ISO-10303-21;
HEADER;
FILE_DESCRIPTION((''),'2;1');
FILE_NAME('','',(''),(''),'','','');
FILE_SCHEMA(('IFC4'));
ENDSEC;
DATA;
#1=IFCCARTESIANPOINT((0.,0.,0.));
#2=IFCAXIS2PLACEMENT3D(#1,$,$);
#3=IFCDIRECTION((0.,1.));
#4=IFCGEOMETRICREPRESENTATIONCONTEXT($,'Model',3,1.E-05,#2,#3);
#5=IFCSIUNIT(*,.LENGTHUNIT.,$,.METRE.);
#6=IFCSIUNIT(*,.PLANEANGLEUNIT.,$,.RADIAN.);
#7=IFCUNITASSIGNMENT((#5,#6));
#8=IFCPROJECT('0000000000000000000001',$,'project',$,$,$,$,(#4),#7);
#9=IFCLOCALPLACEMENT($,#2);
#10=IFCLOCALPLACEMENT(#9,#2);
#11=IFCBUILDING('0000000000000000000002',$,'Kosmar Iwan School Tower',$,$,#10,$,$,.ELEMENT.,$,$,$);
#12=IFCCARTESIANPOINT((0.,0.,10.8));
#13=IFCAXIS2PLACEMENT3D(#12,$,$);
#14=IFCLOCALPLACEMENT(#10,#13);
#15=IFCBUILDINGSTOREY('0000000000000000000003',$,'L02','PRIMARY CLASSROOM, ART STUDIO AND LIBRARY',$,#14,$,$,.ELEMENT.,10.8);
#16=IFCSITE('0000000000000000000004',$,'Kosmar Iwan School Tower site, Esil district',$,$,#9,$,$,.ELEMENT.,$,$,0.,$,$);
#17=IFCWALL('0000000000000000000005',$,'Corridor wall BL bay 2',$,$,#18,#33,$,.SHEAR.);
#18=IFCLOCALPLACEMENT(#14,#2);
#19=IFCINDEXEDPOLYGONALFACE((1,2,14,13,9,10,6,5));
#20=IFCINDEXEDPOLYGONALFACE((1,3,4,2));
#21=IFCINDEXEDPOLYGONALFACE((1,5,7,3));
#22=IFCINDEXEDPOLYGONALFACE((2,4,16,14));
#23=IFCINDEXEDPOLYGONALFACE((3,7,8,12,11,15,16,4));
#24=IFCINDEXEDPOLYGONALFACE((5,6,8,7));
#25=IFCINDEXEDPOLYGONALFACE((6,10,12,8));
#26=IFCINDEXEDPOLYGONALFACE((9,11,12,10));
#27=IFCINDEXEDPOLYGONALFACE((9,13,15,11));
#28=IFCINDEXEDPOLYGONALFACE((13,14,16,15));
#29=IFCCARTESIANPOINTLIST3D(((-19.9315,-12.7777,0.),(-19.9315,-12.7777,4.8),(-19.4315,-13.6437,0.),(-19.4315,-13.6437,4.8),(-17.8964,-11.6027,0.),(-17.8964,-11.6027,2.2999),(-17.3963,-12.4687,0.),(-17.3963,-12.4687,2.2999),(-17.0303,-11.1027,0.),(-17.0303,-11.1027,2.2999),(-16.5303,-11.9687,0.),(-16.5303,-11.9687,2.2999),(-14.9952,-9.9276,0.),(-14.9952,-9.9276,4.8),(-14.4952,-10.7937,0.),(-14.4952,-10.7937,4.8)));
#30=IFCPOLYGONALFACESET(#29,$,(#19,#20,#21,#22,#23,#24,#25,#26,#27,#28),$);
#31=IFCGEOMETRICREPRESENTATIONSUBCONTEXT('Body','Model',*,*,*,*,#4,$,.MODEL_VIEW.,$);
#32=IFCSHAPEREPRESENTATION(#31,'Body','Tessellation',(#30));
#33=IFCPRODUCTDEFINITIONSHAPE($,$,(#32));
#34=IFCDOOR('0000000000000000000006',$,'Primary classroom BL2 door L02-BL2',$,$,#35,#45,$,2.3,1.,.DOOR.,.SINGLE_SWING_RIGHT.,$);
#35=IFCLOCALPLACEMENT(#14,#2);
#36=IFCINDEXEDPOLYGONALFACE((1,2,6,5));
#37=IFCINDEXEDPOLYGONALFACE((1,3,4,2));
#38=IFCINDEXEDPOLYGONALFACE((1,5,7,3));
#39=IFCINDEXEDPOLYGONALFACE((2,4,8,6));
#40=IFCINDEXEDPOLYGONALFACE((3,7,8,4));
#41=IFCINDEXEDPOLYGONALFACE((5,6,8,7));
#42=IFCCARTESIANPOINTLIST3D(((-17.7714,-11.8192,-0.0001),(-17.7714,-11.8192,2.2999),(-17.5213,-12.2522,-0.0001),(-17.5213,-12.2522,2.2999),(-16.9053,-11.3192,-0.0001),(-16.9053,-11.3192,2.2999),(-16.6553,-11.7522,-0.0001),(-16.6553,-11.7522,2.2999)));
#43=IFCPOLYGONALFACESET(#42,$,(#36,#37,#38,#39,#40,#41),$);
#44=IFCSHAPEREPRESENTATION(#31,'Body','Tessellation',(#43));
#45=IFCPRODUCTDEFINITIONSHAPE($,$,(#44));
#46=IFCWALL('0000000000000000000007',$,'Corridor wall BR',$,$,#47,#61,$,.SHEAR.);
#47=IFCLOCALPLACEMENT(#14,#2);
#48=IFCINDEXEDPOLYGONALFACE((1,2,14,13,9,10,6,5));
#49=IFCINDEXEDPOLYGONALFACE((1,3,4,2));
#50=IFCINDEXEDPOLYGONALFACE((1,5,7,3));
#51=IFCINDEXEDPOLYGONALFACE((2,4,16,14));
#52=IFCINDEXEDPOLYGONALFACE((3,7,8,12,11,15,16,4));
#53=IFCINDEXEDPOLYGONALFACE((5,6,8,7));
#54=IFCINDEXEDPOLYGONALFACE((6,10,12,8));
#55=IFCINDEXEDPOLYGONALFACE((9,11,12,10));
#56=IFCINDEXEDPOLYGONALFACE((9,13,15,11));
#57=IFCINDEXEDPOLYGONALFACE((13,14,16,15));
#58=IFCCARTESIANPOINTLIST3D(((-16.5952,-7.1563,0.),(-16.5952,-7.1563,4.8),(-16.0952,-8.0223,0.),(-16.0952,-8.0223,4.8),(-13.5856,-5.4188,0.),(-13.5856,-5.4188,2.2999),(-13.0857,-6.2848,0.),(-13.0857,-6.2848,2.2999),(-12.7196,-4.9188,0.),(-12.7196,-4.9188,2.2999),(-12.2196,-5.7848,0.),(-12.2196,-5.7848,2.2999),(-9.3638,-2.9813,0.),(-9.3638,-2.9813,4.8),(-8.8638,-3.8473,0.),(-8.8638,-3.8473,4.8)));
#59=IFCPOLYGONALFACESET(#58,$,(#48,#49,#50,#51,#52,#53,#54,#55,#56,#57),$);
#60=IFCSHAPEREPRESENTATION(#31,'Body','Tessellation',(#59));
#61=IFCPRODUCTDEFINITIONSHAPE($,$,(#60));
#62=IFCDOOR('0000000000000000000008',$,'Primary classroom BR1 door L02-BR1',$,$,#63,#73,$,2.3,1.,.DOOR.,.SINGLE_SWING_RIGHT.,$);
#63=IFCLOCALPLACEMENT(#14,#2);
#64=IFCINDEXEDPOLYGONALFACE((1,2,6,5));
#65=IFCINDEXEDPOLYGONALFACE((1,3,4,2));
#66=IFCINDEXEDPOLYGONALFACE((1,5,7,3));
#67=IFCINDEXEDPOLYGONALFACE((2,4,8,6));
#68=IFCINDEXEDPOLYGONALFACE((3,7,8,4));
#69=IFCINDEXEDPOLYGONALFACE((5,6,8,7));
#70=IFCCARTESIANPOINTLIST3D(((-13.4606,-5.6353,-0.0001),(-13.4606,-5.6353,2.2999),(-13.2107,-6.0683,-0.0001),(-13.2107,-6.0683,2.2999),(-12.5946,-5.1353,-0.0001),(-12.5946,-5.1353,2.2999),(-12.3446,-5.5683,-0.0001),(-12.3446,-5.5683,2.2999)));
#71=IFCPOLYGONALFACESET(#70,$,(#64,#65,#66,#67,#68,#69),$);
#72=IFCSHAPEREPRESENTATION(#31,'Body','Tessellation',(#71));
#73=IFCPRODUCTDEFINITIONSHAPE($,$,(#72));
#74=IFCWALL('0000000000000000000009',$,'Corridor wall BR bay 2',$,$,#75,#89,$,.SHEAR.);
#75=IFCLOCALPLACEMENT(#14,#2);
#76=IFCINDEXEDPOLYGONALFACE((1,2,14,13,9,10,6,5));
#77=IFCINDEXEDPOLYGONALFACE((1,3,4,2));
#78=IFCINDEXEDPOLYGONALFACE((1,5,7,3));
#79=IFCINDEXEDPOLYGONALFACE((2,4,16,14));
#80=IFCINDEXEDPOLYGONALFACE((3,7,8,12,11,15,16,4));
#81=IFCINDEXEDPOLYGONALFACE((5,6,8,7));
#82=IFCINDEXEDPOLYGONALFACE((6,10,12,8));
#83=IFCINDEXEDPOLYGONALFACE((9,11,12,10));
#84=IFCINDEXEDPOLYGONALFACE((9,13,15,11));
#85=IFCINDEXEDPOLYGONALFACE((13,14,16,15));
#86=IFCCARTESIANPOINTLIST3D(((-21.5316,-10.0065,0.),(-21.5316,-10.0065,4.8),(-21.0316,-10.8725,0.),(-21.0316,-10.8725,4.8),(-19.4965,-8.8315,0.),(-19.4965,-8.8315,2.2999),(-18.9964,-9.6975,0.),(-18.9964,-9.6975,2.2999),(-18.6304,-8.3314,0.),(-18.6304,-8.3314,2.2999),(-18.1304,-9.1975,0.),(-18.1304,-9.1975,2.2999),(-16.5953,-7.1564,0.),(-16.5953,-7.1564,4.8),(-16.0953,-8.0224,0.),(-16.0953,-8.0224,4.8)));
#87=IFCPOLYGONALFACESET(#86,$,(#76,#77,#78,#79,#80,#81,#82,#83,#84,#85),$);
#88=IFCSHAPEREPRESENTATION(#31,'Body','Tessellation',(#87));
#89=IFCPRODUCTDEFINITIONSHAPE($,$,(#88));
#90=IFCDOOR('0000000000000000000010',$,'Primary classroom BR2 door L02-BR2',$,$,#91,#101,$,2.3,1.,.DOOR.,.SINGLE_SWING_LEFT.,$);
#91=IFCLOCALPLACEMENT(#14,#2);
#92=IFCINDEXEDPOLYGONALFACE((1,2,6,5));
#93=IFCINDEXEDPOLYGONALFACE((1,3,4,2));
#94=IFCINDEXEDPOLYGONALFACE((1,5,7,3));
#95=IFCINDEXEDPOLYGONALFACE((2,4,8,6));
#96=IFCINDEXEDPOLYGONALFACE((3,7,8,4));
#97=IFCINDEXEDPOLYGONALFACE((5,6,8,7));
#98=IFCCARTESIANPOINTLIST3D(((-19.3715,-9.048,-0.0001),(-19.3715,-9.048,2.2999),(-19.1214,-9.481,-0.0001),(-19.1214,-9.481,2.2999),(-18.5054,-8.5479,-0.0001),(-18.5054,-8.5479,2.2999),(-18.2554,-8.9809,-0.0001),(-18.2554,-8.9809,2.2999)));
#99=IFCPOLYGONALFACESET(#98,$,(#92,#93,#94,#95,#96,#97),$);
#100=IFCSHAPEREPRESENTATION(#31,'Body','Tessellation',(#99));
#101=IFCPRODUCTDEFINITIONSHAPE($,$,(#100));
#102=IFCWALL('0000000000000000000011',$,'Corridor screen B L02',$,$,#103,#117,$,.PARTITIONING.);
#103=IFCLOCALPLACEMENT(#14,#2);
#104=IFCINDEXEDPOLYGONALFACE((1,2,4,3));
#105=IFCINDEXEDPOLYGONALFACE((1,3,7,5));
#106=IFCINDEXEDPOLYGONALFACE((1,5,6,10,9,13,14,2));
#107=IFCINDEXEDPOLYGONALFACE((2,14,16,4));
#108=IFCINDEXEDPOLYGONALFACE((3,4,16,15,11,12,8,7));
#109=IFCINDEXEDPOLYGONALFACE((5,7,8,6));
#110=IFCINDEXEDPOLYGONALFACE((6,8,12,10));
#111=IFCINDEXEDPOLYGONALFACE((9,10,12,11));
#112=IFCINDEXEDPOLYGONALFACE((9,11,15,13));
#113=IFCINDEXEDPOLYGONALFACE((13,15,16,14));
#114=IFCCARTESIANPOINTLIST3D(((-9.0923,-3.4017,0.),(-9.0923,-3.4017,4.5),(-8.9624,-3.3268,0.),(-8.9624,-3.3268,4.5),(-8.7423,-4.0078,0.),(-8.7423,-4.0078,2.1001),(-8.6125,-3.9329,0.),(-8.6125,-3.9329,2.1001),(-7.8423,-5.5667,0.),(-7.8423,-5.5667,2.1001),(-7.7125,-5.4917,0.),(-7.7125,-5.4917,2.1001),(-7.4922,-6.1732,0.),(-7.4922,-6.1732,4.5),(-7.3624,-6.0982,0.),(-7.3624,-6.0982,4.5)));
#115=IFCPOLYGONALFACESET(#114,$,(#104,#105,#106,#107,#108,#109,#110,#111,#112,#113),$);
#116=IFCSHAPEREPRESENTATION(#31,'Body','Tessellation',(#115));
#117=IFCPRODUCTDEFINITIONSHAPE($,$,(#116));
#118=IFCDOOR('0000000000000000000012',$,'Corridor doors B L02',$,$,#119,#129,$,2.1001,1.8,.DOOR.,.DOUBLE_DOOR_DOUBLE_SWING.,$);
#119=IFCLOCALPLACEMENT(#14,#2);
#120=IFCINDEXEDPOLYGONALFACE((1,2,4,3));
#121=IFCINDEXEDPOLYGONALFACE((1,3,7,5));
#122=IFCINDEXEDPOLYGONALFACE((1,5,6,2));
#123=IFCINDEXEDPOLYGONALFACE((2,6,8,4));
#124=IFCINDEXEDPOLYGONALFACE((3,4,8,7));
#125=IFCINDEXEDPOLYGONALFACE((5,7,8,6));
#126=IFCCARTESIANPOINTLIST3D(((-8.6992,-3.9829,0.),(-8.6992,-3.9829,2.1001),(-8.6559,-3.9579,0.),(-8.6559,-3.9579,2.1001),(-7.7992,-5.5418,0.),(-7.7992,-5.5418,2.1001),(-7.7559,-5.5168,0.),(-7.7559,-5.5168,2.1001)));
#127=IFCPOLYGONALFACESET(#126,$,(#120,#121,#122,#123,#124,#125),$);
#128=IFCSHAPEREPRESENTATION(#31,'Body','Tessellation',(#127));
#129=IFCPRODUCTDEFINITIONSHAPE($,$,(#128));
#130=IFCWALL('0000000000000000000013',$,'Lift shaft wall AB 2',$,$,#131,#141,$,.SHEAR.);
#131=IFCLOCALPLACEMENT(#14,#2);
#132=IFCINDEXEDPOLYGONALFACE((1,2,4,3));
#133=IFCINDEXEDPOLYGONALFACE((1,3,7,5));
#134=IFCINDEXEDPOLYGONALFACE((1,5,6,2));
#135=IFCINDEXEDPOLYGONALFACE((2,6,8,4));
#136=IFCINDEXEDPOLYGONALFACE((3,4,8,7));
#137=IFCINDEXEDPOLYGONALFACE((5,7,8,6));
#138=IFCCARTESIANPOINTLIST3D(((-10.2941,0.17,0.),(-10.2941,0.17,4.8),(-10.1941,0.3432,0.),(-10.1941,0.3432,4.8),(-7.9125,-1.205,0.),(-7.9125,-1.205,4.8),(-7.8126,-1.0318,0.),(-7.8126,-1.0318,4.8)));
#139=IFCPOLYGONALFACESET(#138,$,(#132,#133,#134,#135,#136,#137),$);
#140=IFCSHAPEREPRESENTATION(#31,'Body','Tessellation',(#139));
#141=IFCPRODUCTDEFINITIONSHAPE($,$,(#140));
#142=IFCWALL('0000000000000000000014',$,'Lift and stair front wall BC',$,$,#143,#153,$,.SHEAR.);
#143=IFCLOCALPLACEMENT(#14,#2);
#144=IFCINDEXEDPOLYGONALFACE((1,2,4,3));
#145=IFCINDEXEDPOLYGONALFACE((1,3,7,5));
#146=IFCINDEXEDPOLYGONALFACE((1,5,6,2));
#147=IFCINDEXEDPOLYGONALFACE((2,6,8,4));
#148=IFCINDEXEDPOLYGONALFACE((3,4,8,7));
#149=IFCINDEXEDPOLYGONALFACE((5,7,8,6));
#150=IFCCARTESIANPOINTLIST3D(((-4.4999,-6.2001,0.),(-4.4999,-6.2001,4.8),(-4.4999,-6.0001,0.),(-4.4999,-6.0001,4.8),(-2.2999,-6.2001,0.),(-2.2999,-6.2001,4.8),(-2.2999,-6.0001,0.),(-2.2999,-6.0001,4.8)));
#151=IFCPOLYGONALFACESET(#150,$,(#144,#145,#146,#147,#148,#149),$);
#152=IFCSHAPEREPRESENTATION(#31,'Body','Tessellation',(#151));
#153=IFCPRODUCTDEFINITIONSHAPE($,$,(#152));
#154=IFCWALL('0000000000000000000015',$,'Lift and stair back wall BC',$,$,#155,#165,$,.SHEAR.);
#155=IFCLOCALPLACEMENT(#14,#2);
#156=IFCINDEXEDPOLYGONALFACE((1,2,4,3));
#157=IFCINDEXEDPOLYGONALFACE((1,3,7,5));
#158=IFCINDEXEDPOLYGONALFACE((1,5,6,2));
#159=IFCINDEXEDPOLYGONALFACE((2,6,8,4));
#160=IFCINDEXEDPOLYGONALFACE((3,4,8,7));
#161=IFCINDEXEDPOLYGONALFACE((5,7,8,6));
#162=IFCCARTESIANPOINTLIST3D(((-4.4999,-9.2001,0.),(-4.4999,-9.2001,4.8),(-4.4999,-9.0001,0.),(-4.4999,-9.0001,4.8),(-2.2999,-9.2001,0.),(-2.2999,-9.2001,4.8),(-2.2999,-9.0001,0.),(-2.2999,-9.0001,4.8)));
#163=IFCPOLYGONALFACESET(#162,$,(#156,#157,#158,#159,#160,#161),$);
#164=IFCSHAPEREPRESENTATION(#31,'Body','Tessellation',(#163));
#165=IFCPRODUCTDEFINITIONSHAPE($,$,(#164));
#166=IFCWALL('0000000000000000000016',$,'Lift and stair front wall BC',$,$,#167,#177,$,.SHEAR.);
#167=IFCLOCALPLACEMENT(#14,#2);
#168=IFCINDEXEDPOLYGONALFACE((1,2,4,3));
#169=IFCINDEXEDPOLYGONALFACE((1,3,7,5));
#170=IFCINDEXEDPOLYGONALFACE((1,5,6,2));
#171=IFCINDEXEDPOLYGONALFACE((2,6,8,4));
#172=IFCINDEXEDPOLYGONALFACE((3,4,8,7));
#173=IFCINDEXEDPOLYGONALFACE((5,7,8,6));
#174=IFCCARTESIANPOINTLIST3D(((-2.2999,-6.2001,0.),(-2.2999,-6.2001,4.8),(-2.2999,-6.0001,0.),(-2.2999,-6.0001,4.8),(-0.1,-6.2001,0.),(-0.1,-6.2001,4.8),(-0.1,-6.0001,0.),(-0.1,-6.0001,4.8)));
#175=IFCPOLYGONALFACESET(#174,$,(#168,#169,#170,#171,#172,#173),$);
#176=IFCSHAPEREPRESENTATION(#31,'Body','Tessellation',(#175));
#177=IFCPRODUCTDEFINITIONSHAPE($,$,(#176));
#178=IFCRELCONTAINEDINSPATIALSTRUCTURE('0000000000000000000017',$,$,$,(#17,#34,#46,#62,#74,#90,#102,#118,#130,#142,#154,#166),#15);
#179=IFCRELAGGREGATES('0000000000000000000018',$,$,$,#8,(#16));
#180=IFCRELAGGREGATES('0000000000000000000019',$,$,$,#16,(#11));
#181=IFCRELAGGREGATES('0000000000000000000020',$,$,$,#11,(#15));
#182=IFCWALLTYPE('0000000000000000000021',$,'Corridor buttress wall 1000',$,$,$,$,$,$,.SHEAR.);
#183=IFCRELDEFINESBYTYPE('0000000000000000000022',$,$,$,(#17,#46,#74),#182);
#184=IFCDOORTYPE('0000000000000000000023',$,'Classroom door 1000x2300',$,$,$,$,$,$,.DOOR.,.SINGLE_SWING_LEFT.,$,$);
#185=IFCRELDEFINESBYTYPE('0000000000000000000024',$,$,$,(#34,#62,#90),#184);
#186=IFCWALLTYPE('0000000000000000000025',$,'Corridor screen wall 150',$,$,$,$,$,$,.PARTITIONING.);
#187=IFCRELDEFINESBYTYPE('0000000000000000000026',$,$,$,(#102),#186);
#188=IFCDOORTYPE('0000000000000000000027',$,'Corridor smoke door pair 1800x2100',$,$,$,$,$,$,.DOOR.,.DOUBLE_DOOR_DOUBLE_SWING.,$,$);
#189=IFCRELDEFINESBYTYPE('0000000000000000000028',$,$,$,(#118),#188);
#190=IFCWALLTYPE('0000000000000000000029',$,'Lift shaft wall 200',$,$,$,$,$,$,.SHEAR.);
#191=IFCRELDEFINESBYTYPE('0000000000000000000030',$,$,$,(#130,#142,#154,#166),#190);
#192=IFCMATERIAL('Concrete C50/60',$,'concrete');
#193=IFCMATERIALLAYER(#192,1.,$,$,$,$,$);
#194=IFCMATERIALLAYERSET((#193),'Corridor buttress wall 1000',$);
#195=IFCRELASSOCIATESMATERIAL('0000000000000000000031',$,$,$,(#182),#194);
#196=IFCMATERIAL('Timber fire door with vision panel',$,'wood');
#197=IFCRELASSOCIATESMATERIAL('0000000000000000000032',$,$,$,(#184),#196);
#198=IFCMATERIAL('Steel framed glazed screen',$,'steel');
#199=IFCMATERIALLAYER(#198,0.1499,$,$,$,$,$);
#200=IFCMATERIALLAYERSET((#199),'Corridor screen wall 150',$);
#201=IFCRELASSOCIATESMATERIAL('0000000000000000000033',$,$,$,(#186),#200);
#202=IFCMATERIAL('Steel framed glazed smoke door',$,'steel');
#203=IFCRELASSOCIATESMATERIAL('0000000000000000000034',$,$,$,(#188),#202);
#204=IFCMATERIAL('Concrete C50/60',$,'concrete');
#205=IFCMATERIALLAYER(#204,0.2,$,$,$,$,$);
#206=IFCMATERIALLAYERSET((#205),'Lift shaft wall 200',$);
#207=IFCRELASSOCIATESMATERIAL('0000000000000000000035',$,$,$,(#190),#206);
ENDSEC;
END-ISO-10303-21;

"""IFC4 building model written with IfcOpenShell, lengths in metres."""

from ifc_helpers import new_model, si_unit, direction, frame, frame_2d, origin, place, context, subcontext, project, spatial, rectangle, extrude, material, layer, layer_set, type_object, element, fill, save


model = new_model("IFC4")

# Units and contexts
model_context = context("Model", 3, precision=1e-05, world=origin(), true_north=direction((0.0, 1.0)))
body_context = subcontext(model_context, "Body", "Model", "MODEL_VIEW")
ifc_project = project(units=[si_unit("LENGTHUNIT", "METRE"), si_unit("PLANEANGLEUNIT", "RADIAN")], contexts=[model_context])

# Site, building, storey
site_placement = place(None, origin())
site = spatial("IfcSite", under=ifc_project, at=site_placement, Name="Kosmar Iwan School Tower site, Esil district", CompositionType="ELEMENT", RefElevation=0.0)
building_placement = place(site_placement, origin())
building = spatial("IfcBuilding", under=site, at=building_placement, Name="Kosmar Iwan School Tower", CompositionType="ELEMENT")
storey_placement = place(building_placement, frame((0.0, 0.0, 10.8)))
storey = spatial("IfcBuildingStorey", under=building, at=storey_placement, Name="L02", Description="PRIMARY CLASSROOM, ART STUDIO AND LIBRARY", CompositionType="ELEMENT", Elevation=10.8)

# Walls, openings, doors
ifc_material_1 = material(Name="Concrete C50/60", Category="concrete")
ifc_layer_1 = layer(ifc_material_1, 1.0)
ifc_layer_set_1 = layer_set([ifc_layer_1], Name="Corridor buttress wall 1000")
wall_type_1 = type_object("IfcWallType", Name="Corridor buttress wall 1000", PredefinedType="SHEAR", material=ifc_layer_set_1)
ifc_material_2 = material(Name="Timber fire door with vision panel", Category="wood")
door_type_1 = type_object("IfcDoorType", Name="Classroom door 1000x2300", OperationType="SINGLE_SWING_LEFT", PredefinedType="DOOR", material=ifc_material_2)
wall_1_placement = place(storey_placement, frame((-14.7451, -10.3606, 0.0), z_axis=(0.0, 0.0, 1.0), x_axis=(-0.866015, -0.500018, 0.0)))
wall_1 = element("IfcWall", 1, at=wall_1_placement, inside=storey, type_object=wall_type_1, Name="Corridor wall BL bay 2", PredefinedType="SHEAR", context=body_context, shape_type="SweptSolid", body=[
    extrude(rectangle(XDim=5.7, YDim=1.0, at=frame_2d((2.8501, 0.0))), origin(), (0.0, 0.0, 1.0), 4.8),
])
opening_1_placement = place(wall_1_placement, frame((2.3501, 0.0, 0.0)))
opening_1 = element("IfcOpeningElement", 2, at=opening_1_placement, cuts=wall_1, PredefinedType="OPENING", context=body_context, shape_type="SweptSolid", body=[
    extrude(rectangle(XDim=1.0, YDim=2.3, at=frame_2d((0.5, 1.1499))), frame((0.0, 0.512, 0.0), z_axis=(0.0, -1.0, 0.0), x_axis=(1.0, 0.0, 0.0)), (0.0, 0.0, 1.0), 1.0239),
])
door_1_placement = place(opening_1_placement, origin())
door_1 = element("IfcDoor", 3, at=door_1_placement, inside=storey, type_object=door_type_1, Name="Primary classroom BL2 door L02-BL2", OperationType="SINGLE_SWING_RIGHT", OverallHeight=2.3, OverallWidth=1.0, PredefinedType="DOOR", context=body_context, shape_type="SweptSolid", body=[
    extrude(rectangle(XDim=1.0, YDim=2.3, at=frame_2d((0.5, 1.1499))), frame((0.0, 0.25, 0.0), z_axis=(0.0, -1.0, 0.0), x_axis=(1.0, 0.0, 0.0)), (0.0, 0.0, 1.0), 0.5),
])
fill(opening_1, door_1)
wall_2_placement = place(storey_placement, frame((-9.1138, -3.4143, 0.0), z_axis=(0.0, 0.0, 1.0), x_axis=(-0.866027, -0.499997, 0.0)))
wall_2 = element("IfcWall", 4, at=wall_2_placement, inside=storey, type_object=wall_type_1, Name="Corridor wall BR", PredefinedType="SHEAR", context=body_context, shape_type="SweptSolid", body=[
    extrude(rectangle(XDim=8.3501, YDim=1.0, at=frame_2d((4.175, 0.0))), origin(), (0.0, 0.0, 1.0), 4.8),
])
opening_2_placement = place(wall_2_placement, frame((3.875, 0.0, 0.0)))
opening_2 = element("IfcOpeningElement", 5, at=opening_2_placement, cuts=wall_2, PredefinedType="OPENING", context=body_context, shape_type="SweptSolid", body=[
    extrude(rectangle(XDim=1.0, YDim=2.3, at=frame_2d((0.5, 1.1499))), frame((0.0, 0.512, 0.0), z_axis=(0.0, -1.0, 0.0), x_axis=(1.0, 0.0, 0.0)), (0.0, 0.0, 1.0), 1.0239),
])
door_2_placement = place(opening_2_placement, origin())
door_2 = element("IfcDoor", 6, at=door_2_placement, inside=storey, type_object=door_type_1, Name="Primary classroom BR1 door L02-BR1", OperationType="SINGLE_SWING_RIGHT", OverallHeight=2.3, OverallWidth=1.0, PredefinedType="DOOR", context=body_context, shape_type="SweptSolid", body=[
    extrude(rectangle(XDim=1.0, YDim=2.3, at=frame_2d((0.5, 1.1499))), frame((0.0, 0.25, 0.0), z_axis=(0.0, -1.0, 0.0), x_axis=(1.0, 0.0, 0.0)), (0.0, 0.0, 1.0), 0.5),
])
fill(opening_2, door_2)
wall_3_placement = place(storey_placement, frame((-16.3452, -7.5894, 0.0), z_axis=(0.0, 0.0, 1.0), x_axis=(-0.866015, -0.500018, 0.0)))
wall_3 = element("IfcWall", 7, at=wall_3_placement, inside=storey, type_object=wall_type_1, Name="Corridor wall BR bay 2", PredefinedType="SHEAR", context=body_context, shape_type="SweptSolid", body=[
    extrude(rectangle(XDim=5.7, YDim=1.0, at=frame_2d((2.8501, 0.0))), origin(), (0.0, 0.0, 1.0), 4.8),
])
opening_3_placement = place(wall_3_placement, frame((2.3501, 0.0, 0.0)))
opening_3 = element("IfcOpeningElement", 8, at=opening_3_placement, cuts=wall_3, PredefinedType="OPENING", context=body_context, shape_type="SweptSolid", body=[
    extrude(rectangle(XDim=1.0, YDim=2.3, at=frame_2d((0.5, 1.1499))), frame((0.0, 0.512, 0.0), z_axis=(0.0, -1.0, 0.0), x_axis=(1.0, 0.0, 0.0)), (0.0, 0.0, 1.0), 1.0239),
])
door_3_placement = place(opening_3_placement, origin())
door_3 = element("IfcDoor", 9, at=door_3_placement, inside=storey, type_object=door_type_1, Name="Primary classroom BR2 door L02-BR2", OperationType="SINGLE_SWING_LEFT", OverallHeight=2.3, OverallWidth=1.0, PredefinedType="DOOR", context=body_context, shape_type="SweptSolid", body=[
    extrude(rectangle(XDim=1.0, YDim=2.3, at=frame_2d((0.5, 1.1499))), frame((0.0, 0.25, 0.0), z_axis=(0.0, -1.0, 0.0), x_axis=(1.0, 0.0, 0.0)), (0.0, 0.0, 1.0), 0.5),
])
fill(opening_3, door_3)
ifc_material_3 = material(Name="Steel framed glazed screen", Category="steel")
ifc_layer_2 = layer(ifc_material_3, 0.1499)
ifc_layer_set_2 = layer_set([ifc_layer_2], Name="Corridor screen wall 150")
wall_type_2 = type_object("IfcWallType", Name="Corridor screen wall 150", PredefinedType="PARTITIONING", material=ifc_layer_set_2)
wall_4_placement = place(storey_placement, frame((-9.0273, -3.3643, 0.0), z_axis=(0.0, 0.0, 1.0), x_axis=(0.499995, -0.866028, 0.0)))
wall_4 = element("IfcWall", 10, at=wall_4_placement, inside=storey, type_object=wall_type_2, Name="Corridor screen B L02", PredefinedType="PARTITIONING", context=body_context, shape_type="SweptSolid", body=[
    extrude(rectangle(XDim=3.2002, YDim=0.1499, at=frame_2d((1.6001, 0.0))), origin(), (0.0, 0.0, 1.0), 4.5),
])
opening_4_placement = place(wall_4_placement, frame((0.7, 0.0, 0.0)))
opening_4 = element("IfcOpeningElement", 11, at=opening_4_placement, cuts=wall_4, PredefinedType="OPENING", context=body_context, shape_type="SweptSolid", body=[
    extrude(rectangle(XDim=1.8, YDim=2.1001, at=frame_2d((0.8999, 1.05))), frame((0.0, 0.0869, 0.0), z_axis=(0.0, -1.0, 0.0), x_axis=(1.0, 0.0, 0.0)), (0.0, 0.0, 1.0), 0.1738),
])
ifc_material_4 = material(Name="Steel framed glazed smoke door", Category="steel")
door_type_2 = type_object("IfcDoorType", Name="Corridor smoke door pair 1800x2100", OperationType="DOUBLE_DOOR_DOUBLE_SWING", PredefinedType="DOOR", material=ifc_material_4)
door_4_placement = place(opening_4_placement, origin())
door_4 = element("IfcDoor", 12, at=door_4_placement, inside=storey, type_object=door_type_2, Name="Corridor doors B L02", OperationType="DOUBLE_DOOR_DOUBLE_SWING", OverallHeight=2.1001, OverallWidth=1.8, PredefinedType="DOOR", context=body_context, shape_type="SweptSolid", body=[
    extrude(rectangle(XDim=1.8, YDim=2.1001, at=frame_2d((0.8999, 1.05))), frame((0.0, 0.0249, 0.0), z_axis=(0.0, -1.0, 0.0), x_axis=(1.0, 0.0, 0.0)), (0.0, 0.0, 1.0), 0.05),
])
fill(opening_4, door_4)

# Walls
ifc_material_5 = material(Name="Concrete C50/60", Category="concrete")
ifc_layer_3 = layer(ifc_material_5, 0.2)
ifc_layer_set_3 = layer_set([ifc_layer_3], Name="Lift shaft wall 200")
wall_type_3 = type_object("IfcWallType", Name="Lift shaft wall 200", PredefinedType="SHEAR", material=ifc_layer_set_3)
wall_5_placement = place(storey_placement, frame((-7.8625, -1.1184, 0.0), z_axis=(0.0, 0.0, 1.0), x_axis=(-0.866027, 0.499997, 0.0)))
element("IfcWall", 13, at=wall_5_placement, inside=storey, type_object=wall_type_3, Name="Lift shaft wall AB 2", PredefinedType="SHEAR", context=body_context, shape_type="SweptSolid", body=[
    extrude(rectangle(XDim=2.75, YDim=0.2, at=frame_2d((1.375, 0.0))), origin(), (0.0, 0.0, 1.0), 4.8),
])
for number, where, z_axis, x_axis, name in (
    (14, (-4.5, -6.1001, 0.0), (0.0, 0.0, 1.0), (1.0, 0.0, 0.0), "Lift and stair front wall BC"),
    (15, (-4.5, -9.1001, 0.0), (0.0, 0.0, 1.0), (1.0, 0.0, 0.0), "Lift and stair back wall BC"),
    (16, (-2.3, -6.1001, 0.0), (0.0, 0.0, 1.0), (1.0, 0.0, 0.0), "Lift and stair front wall BC"),
):
    element("IfcWall", number, at=place(storey_placement, frame(where, z_axis=z_axis, x_axis=x_axis)), inside=storey, type_object=wall_type_3, Name=name, PredefinedType="SHEAR", context=body_context, shape_type="SweptSolid", body=[
        extrude(rectangle(XDim=2.2, YDim=0.2, at=frame_2d((1.1001, 0.0))), origin(), (0.0, 0.0, 1.0), 4.8),
    ])

save(model, "model.ifc")
